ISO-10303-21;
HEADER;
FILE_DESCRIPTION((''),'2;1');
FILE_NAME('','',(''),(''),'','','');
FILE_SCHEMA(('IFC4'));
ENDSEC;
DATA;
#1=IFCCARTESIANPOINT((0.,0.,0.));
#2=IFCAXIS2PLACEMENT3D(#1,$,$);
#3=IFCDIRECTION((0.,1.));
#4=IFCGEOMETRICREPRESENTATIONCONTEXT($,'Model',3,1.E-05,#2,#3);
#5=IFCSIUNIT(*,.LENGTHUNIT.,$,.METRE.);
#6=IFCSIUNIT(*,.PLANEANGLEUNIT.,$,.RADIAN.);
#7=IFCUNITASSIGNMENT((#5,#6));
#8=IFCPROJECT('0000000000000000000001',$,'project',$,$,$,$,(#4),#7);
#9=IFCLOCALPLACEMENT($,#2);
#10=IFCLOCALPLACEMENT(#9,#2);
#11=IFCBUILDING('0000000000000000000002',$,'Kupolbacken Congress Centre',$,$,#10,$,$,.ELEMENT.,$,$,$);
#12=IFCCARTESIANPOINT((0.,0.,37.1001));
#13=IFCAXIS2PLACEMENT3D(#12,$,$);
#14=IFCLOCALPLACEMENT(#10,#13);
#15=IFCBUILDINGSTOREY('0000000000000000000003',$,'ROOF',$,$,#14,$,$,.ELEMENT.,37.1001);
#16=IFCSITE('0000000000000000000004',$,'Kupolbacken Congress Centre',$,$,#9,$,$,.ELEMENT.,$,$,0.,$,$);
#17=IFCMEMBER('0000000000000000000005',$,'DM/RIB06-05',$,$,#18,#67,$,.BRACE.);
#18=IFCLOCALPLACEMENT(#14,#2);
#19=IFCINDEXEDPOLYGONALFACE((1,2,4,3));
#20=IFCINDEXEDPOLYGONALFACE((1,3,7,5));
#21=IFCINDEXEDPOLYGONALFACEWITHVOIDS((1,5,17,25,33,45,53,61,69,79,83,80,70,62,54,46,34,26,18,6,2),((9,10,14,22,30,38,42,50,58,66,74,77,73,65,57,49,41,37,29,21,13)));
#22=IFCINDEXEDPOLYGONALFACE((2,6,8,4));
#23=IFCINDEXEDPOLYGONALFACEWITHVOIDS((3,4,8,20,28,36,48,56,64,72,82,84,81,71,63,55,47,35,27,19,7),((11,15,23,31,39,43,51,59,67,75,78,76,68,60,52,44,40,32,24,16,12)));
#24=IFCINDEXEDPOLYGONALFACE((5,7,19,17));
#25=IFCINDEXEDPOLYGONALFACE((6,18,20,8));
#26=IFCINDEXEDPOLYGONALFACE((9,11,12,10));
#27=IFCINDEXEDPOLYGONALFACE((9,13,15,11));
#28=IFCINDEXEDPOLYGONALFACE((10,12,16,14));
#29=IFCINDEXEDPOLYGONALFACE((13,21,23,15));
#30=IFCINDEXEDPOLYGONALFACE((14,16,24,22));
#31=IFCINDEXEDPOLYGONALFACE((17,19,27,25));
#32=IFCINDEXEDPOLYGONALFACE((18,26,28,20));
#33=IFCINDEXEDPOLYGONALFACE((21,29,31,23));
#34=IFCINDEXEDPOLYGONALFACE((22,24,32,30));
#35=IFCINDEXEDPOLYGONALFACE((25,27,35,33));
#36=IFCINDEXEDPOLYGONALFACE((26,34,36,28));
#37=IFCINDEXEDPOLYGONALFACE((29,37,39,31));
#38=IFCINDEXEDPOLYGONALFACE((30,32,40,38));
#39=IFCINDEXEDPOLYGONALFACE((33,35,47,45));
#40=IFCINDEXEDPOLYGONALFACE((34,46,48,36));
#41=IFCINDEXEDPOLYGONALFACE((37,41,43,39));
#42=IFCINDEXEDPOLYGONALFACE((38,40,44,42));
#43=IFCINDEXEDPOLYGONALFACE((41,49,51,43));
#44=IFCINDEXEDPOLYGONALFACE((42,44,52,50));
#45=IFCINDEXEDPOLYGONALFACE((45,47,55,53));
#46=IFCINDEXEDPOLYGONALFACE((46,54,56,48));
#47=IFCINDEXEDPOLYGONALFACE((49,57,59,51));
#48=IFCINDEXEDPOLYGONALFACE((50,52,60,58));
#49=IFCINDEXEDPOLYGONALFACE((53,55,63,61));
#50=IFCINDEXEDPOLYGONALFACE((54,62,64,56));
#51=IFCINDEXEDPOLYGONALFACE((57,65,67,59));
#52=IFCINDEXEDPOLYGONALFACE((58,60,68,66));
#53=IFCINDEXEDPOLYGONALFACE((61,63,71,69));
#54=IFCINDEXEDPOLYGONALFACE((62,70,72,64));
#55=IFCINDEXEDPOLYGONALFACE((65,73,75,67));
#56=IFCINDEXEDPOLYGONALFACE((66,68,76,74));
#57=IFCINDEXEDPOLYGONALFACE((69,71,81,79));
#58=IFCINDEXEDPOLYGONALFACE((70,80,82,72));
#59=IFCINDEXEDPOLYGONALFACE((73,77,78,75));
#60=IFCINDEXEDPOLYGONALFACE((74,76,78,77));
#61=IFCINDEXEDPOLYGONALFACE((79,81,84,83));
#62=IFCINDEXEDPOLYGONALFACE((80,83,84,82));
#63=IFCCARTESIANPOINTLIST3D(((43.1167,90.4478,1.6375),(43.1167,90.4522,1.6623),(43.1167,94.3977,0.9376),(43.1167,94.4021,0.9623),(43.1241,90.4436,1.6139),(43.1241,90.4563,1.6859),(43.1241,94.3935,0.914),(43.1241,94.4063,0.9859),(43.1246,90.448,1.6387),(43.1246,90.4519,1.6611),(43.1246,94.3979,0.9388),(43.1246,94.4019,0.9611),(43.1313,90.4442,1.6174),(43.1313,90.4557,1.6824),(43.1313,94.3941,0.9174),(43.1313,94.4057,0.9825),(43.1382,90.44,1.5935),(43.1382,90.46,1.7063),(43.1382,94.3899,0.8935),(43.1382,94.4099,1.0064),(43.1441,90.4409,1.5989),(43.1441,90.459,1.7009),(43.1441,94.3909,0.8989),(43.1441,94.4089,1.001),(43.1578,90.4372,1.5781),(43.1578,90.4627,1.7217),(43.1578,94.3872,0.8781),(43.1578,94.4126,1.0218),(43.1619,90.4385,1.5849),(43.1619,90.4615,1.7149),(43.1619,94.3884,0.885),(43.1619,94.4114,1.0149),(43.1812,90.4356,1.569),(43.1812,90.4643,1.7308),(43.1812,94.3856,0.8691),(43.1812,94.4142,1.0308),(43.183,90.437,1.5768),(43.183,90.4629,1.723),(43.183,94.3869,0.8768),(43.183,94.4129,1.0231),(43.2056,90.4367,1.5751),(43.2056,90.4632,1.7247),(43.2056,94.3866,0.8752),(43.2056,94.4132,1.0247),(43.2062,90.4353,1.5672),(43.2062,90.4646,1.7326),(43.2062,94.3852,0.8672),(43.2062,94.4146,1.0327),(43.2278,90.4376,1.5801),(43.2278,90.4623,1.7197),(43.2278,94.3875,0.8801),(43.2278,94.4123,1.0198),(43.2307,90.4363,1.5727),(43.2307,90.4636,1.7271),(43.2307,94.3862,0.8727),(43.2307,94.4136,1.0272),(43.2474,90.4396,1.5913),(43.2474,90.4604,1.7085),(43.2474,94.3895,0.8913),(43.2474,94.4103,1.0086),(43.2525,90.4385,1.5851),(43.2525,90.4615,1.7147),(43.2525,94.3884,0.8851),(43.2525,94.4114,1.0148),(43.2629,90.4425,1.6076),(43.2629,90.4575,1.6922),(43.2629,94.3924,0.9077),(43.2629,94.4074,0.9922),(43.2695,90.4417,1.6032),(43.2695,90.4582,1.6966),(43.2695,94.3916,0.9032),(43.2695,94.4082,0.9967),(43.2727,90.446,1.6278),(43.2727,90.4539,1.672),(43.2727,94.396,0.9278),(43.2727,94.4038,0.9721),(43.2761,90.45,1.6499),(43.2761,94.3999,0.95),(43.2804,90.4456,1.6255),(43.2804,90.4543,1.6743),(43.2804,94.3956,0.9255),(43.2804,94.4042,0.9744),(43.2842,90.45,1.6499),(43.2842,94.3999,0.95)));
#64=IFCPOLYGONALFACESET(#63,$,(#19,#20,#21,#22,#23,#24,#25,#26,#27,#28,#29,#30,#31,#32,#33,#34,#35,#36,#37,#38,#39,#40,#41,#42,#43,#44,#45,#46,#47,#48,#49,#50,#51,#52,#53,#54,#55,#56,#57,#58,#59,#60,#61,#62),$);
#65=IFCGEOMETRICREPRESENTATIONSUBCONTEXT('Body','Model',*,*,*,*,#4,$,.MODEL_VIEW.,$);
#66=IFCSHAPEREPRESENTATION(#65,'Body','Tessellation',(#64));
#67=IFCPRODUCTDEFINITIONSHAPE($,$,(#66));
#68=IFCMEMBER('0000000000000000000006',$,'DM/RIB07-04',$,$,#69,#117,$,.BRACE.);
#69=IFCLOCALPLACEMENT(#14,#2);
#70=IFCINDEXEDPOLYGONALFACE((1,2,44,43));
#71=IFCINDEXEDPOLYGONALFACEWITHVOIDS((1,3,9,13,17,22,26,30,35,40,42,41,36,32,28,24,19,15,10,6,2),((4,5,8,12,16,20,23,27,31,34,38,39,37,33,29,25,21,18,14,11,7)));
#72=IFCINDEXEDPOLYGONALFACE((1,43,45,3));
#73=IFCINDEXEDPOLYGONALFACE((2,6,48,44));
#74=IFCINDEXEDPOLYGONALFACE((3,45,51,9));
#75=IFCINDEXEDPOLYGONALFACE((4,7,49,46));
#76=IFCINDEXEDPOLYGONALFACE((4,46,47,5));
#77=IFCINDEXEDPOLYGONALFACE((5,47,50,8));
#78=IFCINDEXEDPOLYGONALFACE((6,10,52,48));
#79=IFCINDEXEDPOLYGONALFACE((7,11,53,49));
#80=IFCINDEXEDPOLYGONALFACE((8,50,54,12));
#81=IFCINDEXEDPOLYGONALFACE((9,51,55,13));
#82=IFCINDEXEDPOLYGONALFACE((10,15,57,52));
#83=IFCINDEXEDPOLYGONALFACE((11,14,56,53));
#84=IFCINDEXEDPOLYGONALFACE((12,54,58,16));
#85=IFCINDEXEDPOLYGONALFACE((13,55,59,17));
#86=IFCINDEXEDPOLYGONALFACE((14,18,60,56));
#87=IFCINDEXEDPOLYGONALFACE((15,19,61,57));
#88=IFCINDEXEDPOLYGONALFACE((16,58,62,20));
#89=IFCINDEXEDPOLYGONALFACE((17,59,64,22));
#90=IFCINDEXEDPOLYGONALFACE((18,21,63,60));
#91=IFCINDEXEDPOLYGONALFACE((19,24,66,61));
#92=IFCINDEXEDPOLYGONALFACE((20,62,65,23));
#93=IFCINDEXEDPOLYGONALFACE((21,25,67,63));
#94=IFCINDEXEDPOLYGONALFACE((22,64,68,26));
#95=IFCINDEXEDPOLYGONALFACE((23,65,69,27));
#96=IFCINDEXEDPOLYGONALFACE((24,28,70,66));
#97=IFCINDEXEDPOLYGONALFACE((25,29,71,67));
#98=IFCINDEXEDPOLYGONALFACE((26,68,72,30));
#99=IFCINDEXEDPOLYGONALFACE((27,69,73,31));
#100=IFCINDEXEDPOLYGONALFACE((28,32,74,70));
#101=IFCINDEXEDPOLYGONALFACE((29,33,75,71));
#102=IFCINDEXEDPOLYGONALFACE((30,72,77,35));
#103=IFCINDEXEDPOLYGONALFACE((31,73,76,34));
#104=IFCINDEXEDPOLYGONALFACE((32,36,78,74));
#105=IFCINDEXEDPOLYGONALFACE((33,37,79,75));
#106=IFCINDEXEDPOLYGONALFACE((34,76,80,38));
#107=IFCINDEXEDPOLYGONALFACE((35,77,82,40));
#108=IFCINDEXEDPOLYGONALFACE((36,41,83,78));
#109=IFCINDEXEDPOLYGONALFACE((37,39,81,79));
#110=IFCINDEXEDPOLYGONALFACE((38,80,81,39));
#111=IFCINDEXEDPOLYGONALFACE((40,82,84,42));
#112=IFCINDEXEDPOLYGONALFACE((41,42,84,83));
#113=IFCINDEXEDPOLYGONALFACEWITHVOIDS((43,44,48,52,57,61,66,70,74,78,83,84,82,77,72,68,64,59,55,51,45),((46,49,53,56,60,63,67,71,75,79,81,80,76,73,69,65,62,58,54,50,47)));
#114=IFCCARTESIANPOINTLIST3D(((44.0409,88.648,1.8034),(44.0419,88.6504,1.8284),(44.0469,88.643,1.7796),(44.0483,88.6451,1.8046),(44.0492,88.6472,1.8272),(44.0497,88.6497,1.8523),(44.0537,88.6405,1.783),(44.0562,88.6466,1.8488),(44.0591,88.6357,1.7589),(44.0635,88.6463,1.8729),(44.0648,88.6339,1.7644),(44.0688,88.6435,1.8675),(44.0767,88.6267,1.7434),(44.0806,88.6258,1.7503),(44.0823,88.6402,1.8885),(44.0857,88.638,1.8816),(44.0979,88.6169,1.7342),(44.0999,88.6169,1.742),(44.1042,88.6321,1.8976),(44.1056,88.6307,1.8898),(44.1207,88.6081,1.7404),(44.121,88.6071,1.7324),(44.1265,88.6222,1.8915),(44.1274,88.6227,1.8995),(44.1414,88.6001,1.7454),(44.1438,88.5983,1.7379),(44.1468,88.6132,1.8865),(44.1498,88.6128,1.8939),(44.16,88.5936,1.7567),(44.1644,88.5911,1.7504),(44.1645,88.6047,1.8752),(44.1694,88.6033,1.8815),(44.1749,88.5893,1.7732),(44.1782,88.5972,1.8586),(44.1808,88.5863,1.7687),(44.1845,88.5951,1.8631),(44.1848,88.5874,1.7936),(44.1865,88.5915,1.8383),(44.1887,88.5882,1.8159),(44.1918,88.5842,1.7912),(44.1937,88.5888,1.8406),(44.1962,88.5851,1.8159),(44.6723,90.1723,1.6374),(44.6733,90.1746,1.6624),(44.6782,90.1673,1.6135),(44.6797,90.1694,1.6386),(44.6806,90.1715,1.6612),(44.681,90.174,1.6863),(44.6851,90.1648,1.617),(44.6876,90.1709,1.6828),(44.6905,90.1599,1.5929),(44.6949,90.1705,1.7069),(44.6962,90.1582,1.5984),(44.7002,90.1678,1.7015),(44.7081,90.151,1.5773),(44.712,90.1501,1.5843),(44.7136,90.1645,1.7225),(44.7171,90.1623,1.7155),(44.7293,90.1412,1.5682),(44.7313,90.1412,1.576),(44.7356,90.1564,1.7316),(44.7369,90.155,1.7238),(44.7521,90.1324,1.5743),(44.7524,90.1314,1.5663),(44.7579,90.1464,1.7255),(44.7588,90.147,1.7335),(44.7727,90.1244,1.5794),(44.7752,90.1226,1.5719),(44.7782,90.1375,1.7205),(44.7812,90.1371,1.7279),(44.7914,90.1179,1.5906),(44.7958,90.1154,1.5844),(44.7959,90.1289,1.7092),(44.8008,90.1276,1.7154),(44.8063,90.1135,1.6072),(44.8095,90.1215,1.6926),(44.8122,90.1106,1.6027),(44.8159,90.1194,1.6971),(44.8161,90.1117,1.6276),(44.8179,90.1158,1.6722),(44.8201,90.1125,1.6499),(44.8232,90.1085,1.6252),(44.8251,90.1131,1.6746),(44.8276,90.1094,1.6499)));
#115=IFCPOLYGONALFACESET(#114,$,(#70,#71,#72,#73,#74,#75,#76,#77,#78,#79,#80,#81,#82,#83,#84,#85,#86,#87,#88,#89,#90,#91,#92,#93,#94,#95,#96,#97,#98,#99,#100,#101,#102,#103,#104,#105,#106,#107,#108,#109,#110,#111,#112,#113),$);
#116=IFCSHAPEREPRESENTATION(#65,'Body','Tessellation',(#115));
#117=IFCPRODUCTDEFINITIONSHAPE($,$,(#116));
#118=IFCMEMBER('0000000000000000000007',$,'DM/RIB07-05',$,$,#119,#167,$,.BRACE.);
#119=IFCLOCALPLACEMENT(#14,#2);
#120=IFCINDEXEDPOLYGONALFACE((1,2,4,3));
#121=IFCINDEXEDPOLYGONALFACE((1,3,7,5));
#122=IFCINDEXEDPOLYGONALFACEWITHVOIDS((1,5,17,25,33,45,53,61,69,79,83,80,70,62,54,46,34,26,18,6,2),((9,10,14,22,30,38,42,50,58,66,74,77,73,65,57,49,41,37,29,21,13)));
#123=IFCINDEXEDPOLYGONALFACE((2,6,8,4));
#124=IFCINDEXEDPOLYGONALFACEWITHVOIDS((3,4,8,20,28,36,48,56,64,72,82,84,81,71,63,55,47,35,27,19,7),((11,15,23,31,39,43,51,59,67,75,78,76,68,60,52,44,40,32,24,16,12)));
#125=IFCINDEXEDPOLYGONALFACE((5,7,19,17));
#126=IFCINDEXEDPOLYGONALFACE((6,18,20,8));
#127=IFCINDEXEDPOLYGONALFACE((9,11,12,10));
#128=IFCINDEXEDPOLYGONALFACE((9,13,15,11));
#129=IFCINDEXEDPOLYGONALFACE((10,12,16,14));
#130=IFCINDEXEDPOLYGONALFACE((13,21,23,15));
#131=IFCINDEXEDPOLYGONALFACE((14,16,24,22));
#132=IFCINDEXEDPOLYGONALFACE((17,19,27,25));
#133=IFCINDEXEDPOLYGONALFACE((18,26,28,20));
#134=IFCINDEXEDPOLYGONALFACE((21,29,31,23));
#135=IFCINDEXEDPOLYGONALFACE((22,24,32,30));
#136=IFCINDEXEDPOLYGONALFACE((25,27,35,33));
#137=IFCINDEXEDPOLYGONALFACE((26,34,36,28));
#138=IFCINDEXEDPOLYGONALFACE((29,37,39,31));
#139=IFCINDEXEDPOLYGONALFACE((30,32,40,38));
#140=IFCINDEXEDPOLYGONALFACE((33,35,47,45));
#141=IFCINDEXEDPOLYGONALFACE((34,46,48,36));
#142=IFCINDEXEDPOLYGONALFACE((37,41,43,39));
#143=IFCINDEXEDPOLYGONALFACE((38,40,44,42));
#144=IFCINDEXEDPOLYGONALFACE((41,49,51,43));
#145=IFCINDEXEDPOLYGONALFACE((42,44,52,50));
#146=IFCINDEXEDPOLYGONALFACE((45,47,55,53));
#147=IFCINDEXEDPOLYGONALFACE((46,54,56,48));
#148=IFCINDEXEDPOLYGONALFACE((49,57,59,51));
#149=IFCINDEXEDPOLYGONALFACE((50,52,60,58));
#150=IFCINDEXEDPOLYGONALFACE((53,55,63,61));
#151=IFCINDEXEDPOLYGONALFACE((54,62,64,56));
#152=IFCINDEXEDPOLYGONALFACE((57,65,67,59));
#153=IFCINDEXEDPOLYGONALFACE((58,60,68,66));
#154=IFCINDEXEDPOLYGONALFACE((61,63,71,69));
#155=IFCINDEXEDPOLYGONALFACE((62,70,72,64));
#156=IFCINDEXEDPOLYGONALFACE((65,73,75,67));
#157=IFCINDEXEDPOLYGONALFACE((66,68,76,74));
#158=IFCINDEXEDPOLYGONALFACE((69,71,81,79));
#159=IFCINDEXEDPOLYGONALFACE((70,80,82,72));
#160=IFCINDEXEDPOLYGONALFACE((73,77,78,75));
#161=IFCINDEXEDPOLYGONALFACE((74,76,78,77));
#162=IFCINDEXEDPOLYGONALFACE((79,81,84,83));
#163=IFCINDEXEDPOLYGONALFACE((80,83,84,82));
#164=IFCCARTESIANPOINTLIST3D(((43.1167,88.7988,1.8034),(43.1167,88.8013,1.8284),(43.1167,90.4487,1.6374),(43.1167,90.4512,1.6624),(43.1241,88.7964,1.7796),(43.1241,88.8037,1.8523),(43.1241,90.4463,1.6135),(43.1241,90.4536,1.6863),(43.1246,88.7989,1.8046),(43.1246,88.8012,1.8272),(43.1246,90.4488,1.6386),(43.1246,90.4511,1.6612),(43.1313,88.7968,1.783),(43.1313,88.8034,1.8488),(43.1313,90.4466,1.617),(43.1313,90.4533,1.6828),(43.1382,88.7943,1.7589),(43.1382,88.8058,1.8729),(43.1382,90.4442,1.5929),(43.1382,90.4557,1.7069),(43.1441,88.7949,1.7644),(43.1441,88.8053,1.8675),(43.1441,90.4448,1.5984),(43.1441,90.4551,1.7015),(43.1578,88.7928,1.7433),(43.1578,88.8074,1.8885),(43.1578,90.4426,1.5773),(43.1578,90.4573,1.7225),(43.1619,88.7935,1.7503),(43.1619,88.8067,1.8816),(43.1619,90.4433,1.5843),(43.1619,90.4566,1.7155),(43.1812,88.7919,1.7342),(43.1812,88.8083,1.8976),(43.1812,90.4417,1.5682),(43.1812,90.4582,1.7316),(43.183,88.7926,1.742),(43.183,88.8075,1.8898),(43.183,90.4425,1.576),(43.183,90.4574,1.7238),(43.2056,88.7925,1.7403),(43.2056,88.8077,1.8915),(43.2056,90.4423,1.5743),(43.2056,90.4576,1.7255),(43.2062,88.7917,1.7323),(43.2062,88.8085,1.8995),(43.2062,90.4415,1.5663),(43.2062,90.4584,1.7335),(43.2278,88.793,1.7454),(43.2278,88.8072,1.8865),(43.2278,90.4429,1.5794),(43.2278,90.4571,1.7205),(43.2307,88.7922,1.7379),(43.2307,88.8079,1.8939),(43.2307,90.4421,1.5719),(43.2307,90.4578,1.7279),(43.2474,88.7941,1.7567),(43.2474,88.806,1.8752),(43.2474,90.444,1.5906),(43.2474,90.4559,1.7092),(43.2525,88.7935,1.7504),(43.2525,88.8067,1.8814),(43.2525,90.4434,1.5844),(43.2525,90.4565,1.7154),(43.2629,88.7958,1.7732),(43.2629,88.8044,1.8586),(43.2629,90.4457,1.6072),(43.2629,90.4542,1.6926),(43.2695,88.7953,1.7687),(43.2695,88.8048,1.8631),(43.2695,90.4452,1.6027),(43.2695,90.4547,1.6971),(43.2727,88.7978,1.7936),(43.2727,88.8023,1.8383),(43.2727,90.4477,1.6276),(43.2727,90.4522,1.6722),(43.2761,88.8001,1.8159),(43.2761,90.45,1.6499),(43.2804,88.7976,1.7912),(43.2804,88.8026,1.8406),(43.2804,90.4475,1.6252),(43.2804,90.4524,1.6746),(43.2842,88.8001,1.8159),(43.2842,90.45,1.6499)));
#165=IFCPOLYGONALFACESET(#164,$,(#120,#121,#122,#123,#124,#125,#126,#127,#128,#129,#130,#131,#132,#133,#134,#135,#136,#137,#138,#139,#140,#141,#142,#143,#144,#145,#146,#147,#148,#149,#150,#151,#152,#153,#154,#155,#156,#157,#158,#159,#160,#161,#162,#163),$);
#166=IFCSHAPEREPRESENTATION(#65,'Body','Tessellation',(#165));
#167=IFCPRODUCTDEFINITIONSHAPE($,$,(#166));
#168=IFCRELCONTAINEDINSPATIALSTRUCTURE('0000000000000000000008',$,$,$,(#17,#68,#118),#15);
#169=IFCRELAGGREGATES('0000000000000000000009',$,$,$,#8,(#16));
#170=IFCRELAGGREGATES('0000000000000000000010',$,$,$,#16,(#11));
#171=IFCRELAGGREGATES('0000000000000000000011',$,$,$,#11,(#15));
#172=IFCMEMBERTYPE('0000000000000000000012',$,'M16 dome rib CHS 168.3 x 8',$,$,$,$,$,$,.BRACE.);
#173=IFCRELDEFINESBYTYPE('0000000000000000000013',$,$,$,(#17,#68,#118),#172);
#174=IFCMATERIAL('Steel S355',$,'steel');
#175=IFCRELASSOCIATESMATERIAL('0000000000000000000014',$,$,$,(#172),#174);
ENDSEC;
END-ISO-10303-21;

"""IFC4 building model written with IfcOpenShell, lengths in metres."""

from ifc_helpers import new_model, si_unit, direction, frame, origin, origin_2d, place, context, subcontext, project, spatial, hollow_circle, extrude, material, material_profile, profile_set, type_object, element, save


model = new_model("IFC4")

# Units and contexts
model_context = context("Model", 3, precision=1e-05, world=origin(), true_north=direction((0.0, 1.0)))
body_context = subcontext(model_context, "Body", "Model", "MODEL_VIEW")
ifc_project = project(units=[si_unit("LENGTHUNIT", "METRE"), si_unit("PLANEANGLEUNIT", "RADIAN")], contexts=[model_context])

# Site, building, storey
site_placement = place(None, origin())
site = spatial("IfcSite", under=ifc_project, at=site_placement, Name="Kupolbacken Congress Centre", CompositionType="ELEMENT", RefElevation=0.0)
building_placement = place(site_placement, origin())
building = spatial("IfcBuilding", under=site, at=building_placement, Name="Kupolbacken Congress Centre", CompositionType="ELEMENT")
storey_placement = place(building_placement, frame((0.0, 0.0, 37.1001)))
storey = spatial("IfcBuildingStorey", under=building, at=storey_placement, Name="ROOF", CompositionType="ELEMENT", Elevation=37.1001)

# Members
ifc_material_1 = material(Name="Steel S355", Category="steel")
ifc_material_profile_1 = material_profile(ifc_material_1, hollow_circle(Radius=0.0842, WallThickness=0.0081, at=origin_2d()), Name="CHS 168.3 x 8")
ifc_profile_set_1 = profile_set([ifc_material_profile_1], Name="Steel S355")
member_type_1 = type_object("IfcMemberType", Name="M16 dome rib CHS 168.3 x 8", PredefinedType="BRACE", material=ifc_profile_set_1)
member_1_placement = place(storey_placement, frame((43.2, 94.3999, 0.95), z_axis=(0.0, -0.98466, 0.174487), x_axis=(1.0, 0.0, 0.0)))
element("IfcMember", 1, at=member_1_placement, inside=storey, type_object=member_type_1, Name="DM/RIB06-05", PredefinedType="BRACE", context=body_context, shape_type="SweptSolid", body=[
    extrude(hollow_circle(Radius=0.0842, WallThickness=0.0081, at=origin_2d()), origin(), (0.0, 0.0, 1.0), 4.0115),
])
for number, where, z_axis, x_axis, name in (
    (2, (44.7498, 90.1416, 1.6499), (-0.380769, -0.919234, 0.100125), (0.923876, -0.382692, 0.0), "DM/RIB07-04"),
    (3, (43.2, 90.45, 1.6499), (0.0, -0.994976, 0.100116), (1.0, 0.0, 0.0), "DM/RIB07-05"),
):
    element("IfcMember", number, at=place(storey_placement, frame(where, z_axis=z_axis, x_axis=x_axis)), inside=storey, type_object=member_type_1, Name=name, PredefinedType="BRACE", context=body_context, shape_type="SweptSolid", body=[
        extrude(hollow_circle(Radius=0.0842, WallThickness=0.0081, at=origin_2d()), origin(), (0.0, 0.0, 1.0), 1.6582),
    ])

save(model, "model.ifc")
